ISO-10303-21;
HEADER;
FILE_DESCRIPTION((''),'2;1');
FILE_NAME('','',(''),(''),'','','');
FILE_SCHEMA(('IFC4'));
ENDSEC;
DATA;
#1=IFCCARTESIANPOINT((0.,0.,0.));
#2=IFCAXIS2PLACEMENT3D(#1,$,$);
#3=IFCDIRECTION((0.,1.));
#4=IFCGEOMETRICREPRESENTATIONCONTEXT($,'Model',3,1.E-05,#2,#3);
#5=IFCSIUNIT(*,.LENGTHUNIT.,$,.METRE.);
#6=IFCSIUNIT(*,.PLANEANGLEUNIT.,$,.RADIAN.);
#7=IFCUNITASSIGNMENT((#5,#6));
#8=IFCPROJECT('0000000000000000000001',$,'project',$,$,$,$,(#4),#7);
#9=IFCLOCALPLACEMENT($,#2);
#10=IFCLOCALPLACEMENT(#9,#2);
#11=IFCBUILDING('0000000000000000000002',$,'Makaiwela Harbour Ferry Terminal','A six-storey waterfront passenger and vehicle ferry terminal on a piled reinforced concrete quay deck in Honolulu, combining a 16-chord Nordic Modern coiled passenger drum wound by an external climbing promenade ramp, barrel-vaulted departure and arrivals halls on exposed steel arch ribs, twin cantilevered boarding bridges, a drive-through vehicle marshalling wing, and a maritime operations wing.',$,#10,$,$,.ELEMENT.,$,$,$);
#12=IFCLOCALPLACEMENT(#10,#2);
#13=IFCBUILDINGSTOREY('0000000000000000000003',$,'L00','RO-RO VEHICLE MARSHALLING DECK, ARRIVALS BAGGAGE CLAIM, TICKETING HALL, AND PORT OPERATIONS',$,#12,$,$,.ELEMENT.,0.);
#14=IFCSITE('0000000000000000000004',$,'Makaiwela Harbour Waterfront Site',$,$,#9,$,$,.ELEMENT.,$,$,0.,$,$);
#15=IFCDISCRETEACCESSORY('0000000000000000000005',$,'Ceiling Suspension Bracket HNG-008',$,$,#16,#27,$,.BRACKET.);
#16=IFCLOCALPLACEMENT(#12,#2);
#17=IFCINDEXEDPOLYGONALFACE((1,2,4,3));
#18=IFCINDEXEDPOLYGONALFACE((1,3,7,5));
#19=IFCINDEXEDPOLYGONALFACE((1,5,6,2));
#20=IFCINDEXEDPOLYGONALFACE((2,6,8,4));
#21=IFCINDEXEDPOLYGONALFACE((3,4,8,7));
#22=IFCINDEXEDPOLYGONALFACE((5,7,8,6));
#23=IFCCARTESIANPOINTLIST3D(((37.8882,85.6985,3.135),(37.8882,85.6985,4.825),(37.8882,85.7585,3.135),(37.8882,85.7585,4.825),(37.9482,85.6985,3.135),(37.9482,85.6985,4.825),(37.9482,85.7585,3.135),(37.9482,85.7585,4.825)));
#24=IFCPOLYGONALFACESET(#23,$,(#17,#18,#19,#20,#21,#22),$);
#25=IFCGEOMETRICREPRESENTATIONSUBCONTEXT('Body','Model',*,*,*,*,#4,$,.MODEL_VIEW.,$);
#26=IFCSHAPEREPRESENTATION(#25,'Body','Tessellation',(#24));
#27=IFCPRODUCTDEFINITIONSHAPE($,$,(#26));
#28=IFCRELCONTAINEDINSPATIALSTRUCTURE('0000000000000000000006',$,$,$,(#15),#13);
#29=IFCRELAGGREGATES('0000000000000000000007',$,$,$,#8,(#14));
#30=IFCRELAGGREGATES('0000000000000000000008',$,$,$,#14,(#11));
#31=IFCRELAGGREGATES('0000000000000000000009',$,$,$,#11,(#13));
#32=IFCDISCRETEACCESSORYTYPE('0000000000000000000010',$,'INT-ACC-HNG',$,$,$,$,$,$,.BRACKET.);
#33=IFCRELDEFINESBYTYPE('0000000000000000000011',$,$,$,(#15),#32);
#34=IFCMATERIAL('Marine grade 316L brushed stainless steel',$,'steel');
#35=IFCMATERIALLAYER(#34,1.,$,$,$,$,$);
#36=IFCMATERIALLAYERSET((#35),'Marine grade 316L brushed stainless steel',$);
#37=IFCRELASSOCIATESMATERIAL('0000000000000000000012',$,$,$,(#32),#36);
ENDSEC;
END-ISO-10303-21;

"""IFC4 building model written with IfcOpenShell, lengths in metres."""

from ifc_helpers import new_model, si_unit, direction, frame, origin, origin_2d, place, context, subcontext, project, spatial, rectangle, extrude, material, layer, layer_set, type_object, element, save


model = new_model("IFC4")

# Units and contexts
model_context = context("Model", 3, precision=1e-05, world=origin(), true_north=direction((0.0, 1.0)))
body_context = subcontext(model_context, "Body", "Model", "MODEL_VIEW")
ifc_project = project(units=[si_unit("LENGTHUNIT", "METRE"), si_unit("PLANEANGLEUNIT", "RADIAN")], contexts=[model_context])

# Site, building, storey
site_placement = place(None, origin())
site = spatial("IfcSite", under=ifc_project, at=site_placement, Name="Makaiwela Harbour Waterfront Site", CompositionType="ELEMENT", RefElevation=0.0)
building_placement = place(site_placement, origin())
building = spatial("IfcBuilding", under=site, at=building_placement, Name="Makaiwela Harbour Ferry Terminal", Description="A six-storey waterfront passenger and vehicle ferry terminal on a piled reinforced concrete quay deck in Honolulu, combining a 16-chord Nordic Modern coiled passenger drum wound by an external climbing promenade ramp, barrel-vaulted departure and arrivals halls on exposed steel arch ribs, twin cantilevered boarding bridges, a drive-through vehicle marshalling wing, and a maritime operations wing.", CompositionType="ELEMENT")
storey_placement = place(building_placement, origin())
storey = spatial("IfcBuildingStorey", under=building, at=storey_placement, Name="L00", Description="RO-RO VEHICLE MARSHALLING DECK, ARRIVALS BAGGAGE CLAIM, TICKETING HALL, AND PORT OPERATIONS", CompositionType="ELEMENT", Elevation=0.0)

# Shared definitions
ifc_material_1 = material(Name="Marine grade 316L brushed stainless steel", Category="steel")

# Discrete accessory
ifc_layer_1 = layer(ifc_material_1, 1.0)
ifc_layer_set_1 = layer_set([ifc_layer_1], Name="Marine grade 316L brushed stainless steel")
discrete_accessory_type = type_object("IfcDiscreteAccessoryType", Name="INT-ACC-HNG", PredefinedType="BRACKET", material=ifc_layer_set_1)
discrete_accessory_placement = place(storey_placement, frame((37.9182, 85.7285, 3.135), z_axis=(0.0, 0.0, 1.0), x_axis=(1.0, 0.0, 0.0)))
element("IfcDiscreteAccessory", 1, at=discrete_accessory_placement, inside=storey, type_object=discrete_accessory_type, Name="Ceiling Suspension Bracket HNG-008", PredefinedType="BRACKET", context=body_context, shape_type="SweptSolid", body=[
    extrude(rectangle(XDim=0.0601, YDim=0.0601, at=origin_2d()), origin(), (0.0, 0.0, 1.0), 1.6899),
])

save(model, "model.ifc")
